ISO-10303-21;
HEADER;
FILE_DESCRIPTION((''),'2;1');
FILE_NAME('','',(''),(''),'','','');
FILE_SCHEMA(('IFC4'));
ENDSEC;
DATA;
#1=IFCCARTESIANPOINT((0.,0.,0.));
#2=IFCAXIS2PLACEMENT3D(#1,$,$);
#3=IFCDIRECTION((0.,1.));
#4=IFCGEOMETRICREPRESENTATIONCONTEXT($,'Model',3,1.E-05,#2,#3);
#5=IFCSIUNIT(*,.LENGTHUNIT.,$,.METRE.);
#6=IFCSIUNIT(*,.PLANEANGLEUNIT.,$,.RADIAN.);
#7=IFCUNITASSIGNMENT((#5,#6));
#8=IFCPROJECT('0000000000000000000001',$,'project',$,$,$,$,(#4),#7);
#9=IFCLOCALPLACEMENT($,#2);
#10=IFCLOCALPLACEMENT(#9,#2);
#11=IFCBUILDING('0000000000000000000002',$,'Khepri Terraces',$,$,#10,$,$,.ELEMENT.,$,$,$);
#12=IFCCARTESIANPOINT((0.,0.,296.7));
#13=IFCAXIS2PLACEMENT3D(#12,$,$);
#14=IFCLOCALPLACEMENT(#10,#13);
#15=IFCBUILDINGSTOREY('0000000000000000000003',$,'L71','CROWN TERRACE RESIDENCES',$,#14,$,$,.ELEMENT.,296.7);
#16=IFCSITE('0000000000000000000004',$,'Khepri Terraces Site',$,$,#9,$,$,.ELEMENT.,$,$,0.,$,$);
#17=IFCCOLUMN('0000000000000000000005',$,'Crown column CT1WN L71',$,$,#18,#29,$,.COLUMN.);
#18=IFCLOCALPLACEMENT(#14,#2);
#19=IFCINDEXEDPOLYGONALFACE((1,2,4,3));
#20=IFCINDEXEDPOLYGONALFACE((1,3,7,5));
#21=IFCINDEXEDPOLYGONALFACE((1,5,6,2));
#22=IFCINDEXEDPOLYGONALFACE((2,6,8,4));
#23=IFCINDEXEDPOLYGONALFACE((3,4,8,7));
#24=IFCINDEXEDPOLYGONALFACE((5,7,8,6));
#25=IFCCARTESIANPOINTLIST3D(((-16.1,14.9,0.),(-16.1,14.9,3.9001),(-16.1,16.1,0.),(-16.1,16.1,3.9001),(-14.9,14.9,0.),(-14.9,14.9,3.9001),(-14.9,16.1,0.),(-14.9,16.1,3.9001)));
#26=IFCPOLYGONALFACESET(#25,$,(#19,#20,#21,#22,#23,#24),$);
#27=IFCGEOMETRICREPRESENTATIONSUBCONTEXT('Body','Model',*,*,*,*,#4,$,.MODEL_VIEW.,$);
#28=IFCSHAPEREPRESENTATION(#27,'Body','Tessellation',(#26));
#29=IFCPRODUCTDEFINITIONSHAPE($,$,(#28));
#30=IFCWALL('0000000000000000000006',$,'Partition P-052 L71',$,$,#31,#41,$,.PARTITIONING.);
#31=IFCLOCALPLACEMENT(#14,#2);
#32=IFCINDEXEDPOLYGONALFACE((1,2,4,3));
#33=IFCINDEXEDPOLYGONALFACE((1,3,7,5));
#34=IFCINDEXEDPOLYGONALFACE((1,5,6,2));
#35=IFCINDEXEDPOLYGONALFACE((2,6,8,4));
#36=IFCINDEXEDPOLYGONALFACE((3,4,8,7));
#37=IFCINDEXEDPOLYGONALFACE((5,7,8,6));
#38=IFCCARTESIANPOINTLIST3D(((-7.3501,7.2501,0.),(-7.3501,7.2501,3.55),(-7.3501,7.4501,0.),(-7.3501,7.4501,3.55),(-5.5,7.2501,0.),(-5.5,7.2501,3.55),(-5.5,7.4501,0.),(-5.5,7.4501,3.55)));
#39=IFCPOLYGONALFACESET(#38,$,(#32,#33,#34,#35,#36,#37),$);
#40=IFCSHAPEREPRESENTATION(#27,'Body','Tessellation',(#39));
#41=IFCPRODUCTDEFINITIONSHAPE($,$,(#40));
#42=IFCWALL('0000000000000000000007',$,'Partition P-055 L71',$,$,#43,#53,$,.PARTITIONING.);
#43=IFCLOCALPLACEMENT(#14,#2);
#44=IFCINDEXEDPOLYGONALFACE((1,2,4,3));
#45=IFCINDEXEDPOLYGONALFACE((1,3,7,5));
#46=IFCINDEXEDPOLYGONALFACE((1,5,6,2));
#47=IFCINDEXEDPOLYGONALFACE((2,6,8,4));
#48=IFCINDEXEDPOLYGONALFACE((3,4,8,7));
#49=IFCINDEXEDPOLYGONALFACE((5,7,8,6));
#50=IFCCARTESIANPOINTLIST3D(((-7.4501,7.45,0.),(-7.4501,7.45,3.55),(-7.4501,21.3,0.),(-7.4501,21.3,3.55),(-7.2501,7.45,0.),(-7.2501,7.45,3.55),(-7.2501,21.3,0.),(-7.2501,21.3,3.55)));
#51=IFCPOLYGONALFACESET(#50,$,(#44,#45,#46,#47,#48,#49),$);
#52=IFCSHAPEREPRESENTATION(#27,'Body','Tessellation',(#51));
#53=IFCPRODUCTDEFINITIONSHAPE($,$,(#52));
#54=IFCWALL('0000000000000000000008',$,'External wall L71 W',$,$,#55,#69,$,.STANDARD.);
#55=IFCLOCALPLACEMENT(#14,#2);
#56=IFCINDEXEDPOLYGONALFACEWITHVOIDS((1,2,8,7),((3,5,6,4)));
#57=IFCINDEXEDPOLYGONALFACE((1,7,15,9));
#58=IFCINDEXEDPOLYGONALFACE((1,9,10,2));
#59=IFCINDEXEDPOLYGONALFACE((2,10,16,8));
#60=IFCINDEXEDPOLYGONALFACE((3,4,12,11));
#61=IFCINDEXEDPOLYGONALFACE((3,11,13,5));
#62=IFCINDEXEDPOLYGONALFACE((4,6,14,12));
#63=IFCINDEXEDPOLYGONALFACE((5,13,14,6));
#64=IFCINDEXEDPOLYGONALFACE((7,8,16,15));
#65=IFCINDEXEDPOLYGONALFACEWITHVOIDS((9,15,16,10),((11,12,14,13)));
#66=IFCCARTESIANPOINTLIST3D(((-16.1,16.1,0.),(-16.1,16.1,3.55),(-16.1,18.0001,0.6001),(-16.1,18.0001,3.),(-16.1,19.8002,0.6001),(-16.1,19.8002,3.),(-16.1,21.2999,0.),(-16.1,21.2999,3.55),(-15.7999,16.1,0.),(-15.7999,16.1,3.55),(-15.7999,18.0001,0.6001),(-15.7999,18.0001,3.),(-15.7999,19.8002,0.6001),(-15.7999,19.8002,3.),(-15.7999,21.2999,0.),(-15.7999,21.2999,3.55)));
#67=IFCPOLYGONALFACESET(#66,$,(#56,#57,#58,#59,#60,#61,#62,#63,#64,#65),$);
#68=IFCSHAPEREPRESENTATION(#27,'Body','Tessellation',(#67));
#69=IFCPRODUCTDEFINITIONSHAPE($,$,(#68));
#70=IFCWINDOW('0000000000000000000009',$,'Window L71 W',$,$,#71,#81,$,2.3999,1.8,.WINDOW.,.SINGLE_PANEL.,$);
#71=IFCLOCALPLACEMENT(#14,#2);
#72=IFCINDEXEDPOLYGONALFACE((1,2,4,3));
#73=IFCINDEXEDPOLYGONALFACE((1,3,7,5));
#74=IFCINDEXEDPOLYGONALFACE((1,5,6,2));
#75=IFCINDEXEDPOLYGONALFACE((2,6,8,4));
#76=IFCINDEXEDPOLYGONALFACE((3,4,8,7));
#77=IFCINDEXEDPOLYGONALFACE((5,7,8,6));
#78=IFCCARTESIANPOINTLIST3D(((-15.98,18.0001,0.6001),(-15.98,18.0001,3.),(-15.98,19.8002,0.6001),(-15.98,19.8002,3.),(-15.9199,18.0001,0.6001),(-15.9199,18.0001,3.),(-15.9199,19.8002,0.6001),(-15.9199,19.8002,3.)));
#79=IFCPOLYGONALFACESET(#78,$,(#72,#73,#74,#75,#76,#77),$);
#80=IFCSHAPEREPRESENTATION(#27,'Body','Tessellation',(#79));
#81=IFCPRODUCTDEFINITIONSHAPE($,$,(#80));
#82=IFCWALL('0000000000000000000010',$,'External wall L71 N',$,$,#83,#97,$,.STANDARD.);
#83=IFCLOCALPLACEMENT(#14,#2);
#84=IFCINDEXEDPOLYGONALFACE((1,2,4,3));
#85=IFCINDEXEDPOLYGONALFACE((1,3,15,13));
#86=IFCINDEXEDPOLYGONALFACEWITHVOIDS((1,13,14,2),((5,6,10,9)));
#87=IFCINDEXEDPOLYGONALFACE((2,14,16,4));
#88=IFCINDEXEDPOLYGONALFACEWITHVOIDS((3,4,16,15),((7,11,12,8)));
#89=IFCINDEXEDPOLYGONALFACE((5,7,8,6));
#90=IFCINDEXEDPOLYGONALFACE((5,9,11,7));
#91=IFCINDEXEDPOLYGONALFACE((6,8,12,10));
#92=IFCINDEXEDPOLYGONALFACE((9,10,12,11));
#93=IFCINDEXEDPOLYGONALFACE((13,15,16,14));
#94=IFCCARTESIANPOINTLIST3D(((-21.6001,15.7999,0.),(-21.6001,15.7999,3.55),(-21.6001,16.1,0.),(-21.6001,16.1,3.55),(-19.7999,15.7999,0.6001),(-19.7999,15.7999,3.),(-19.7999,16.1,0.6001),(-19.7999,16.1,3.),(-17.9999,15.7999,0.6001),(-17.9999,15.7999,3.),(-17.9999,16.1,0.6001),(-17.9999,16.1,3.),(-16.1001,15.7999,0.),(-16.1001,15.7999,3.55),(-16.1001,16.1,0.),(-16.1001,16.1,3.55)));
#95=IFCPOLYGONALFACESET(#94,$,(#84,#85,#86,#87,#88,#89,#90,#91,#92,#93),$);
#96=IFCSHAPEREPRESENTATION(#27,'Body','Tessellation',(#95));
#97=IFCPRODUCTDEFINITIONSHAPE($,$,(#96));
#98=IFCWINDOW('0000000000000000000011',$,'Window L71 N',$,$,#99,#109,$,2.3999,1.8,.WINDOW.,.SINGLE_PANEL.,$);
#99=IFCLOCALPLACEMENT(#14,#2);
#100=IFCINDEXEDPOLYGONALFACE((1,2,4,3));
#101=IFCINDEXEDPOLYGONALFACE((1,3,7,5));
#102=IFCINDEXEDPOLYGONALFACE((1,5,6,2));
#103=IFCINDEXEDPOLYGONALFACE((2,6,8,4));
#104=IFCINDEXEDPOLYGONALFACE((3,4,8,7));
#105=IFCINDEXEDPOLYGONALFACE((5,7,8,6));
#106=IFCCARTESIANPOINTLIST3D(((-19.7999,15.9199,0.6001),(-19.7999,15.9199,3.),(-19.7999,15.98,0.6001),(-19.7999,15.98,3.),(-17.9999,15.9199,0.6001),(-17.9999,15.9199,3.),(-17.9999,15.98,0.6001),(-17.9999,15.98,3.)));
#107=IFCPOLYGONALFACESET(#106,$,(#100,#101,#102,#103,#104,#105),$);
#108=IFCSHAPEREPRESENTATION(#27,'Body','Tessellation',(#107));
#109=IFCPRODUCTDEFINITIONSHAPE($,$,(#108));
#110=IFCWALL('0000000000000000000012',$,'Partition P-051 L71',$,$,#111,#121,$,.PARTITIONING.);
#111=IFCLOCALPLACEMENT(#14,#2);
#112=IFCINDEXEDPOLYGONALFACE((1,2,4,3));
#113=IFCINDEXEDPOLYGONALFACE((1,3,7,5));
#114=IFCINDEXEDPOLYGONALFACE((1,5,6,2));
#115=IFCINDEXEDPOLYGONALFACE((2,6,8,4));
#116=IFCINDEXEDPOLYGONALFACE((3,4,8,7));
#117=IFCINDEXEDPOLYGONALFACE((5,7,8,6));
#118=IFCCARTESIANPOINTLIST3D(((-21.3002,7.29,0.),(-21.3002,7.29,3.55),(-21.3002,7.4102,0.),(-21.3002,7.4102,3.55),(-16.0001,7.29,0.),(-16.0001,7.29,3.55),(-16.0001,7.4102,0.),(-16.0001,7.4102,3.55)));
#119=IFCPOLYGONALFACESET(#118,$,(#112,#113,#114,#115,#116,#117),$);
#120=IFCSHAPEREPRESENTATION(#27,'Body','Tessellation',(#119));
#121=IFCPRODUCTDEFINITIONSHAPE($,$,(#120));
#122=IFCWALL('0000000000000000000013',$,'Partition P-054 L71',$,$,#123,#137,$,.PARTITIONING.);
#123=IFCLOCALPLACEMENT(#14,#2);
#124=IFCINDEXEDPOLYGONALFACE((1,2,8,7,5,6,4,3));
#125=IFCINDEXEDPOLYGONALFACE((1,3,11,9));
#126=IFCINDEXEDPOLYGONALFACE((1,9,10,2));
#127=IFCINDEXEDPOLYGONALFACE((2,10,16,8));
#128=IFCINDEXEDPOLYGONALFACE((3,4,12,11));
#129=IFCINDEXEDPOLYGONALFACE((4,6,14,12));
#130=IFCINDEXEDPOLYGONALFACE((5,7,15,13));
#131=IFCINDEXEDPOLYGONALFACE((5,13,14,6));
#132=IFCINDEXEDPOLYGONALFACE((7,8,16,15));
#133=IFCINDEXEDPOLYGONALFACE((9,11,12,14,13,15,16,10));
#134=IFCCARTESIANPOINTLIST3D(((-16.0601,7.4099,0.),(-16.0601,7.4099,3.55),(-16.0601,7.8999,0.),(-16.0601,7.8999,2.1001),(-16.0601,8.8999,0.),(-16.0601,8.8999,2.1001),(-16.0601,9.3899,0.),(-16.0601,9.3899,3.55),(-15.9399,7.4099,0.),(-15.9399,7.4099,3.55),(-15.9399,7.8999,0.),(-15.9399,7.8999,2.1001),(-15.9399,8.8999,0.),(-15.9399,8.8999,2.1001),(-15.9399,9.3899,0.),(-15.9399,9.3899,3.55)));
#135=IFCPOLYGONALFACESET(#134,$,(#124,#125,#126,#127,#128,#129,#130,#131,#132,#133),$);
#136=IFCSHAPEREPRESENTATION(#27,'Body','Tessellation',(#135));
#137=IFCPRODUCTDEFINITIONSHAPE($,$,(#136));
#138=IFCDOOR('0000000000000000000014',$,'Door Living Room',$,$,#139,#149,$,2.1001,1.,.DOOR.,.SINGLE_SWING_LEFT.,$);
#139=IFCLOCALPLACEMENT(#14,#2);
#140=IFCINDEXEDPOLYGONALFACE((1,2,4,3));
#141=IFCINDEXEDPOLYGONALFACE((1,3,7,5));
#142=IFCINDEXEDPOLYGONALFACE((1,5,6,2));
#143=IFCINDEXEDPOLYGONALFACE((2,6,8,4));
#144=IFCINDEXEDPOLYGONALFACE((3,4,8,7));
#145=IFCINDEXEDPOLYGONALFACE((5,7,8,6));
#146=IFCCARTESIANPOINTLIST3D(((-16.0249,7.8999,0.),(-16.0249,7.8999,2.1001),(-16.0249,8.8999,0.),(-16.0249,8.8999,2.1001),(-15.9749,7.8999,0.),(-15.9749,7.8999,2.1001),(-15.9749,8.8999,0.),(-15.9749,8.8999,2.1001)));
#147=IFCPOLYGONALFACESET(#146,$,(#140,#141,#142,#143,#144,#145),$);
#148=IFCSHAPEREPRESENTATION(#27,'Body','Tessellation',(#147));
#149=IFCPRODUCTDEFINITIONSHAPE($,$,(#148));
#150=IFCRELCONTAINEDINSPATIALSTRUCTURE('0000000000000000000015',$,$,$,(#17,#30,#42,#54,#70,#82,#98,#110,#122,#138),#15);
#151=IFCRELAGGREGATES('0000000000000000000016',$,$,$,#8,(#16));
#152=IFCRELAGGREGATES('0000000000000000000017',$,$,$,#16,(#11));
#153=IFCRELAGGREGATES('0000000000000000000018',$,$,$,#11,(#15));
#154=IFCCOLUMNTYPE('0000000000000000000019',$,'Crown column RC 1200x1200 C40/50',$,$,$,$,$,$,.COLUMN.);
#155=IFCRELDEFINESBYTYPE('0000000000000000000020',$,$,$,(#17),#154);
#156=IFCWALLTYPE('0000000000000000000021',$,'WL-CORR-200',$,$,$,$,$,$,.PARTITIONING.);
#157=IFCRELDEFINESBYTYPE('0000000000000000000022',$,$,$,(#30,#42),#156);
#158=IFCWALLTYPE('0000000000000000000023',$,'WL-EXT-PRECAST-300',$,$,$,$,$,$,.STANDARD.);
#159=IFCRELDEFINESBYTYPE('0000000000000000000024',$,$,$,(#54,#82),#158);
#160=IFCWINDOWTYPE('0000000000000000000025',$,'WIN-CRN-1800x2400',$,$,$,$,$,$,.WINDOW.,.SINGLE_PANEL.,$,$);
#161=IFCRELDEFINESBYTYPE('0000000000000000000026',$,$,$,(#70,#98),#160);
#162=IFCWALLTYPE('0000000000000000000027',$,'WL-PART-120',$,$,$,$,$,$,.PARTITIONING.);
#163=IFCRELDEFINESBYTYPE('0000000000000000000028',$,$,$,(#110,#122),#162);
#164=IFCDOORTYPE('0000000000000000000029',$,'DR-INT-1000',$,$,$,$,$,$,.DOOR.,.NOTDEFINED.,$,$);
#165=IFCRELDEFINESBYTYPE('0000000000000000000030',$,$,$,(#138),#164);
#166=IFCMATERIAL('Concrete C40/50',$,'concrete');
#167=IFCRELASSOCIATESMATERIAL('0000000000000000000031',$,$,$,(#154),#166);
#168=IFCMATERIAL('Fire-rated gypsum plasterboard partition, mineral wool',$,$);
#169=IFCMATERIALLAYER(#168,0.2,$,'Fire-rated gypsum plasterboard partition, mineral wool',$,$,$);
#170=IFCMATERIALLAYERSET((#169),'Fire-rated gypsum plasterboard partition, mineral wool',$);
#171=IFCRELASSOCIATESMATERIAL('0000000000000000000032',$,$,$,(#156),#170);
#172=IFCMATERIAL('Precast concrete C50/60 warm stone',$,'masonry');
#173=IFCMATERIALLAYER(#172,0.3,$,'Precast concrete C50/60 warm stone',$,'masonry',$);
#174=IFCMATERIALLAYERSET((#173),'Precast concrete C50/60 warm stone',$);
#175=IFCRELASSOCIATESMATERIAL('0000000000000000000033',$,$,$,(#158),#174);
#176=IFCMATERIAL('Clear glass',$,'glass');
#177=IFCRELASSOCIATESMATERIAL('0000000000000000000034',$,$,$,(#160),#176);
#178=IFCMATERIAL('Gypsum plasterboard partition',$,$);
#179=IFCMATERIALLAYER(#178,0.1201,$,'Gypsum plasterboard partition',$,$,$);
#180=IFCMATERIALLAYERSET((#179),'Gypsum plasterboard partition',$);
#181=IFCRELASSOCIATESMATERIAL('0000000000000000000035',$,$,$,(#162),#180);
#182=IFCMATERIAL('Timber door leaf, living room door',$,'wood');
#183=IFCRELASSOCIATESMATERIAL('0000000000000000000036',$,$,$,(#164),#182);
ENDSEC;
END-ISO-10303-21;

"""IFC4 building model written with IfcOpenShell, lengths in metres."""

from ifc_helpers import new_model, si_unit, direction, frame, frame_2d, origin, origin_2d, place, context, subcontext, project, spatial, rectangle, extrude, material, layer, layer_set, material_profile, profile_set, type_object, element, fill, save


model = new_model("IFC4")

# Units and contexts
model_context = context("Model", 3, precision=1e-05, world=origin(), true_north=direction((0.0, 1.0)))
body_context = subcontext(model_context, "Body", "Model", "MODEL_VIEW")
ifc_project = project(units=[si_unit("LENGTHUNIT", "METRE"), si_unit("PLANEANGLEUNIT", "RADIAN")], contexts=[model_context])

# Site, building, storey
site_placement = place(None, origin())
site = spatial("IfcSite", under=ifc_project, at=site_placement, Name="Khepri Terraces Site", CompositionType="ELEMENT", RefElevation=0.0)
building_placement = place(site_placement, origin())
building = spatial("IfcBuilding", under=site, at=building_placement, Name="Khepri Terraces", CompositionType="ELEMENT")
storey_placement = place(building_placement, frame((0.0, 0.0, 296.7)))
storey = spatial("IfcBuildingStorey", under=building, at=storey_placement, Name="L71", Description="CROWN TERRACE RESIDENCES", CompositionType="ELEMENT", Elevation=296.7)

# Column
ifc_material_1 = material(Name="Concrete C40/50", Category="concrete")
ifc_material_profile = material_profile(ifc_material_1, rectangle(XDim=1.2, YDim=1.2, at=origin_2d()), Name="Concrete C40/50", Category="concrete")
ifc_profile_set = profile_set([ifc_material_profile], Name="Concrete C40/50")
column_type = type_object("IfcColumnType", Name="Crown column RC 1200x1200 C40/50", PredefinedType="COLUMN", material=ifc_profile_set)
column_placement = place(storey_placement, frame((-15.5, 15.5, 0.0), z_axis=(0.0, 0.0, 1.0), x_axis=(1.0, 0.0, 0.0)))
element("IfcColumn", 1, at=column_placement, inside=storey, type_object=column_type, Name="Crown column CT1WN L71", PredefinedType="COLUMN", context=body_context, shape_type="SweptSolid", body=[
    extrude(rectangle(XDim=1.2, YDim=1.2, at=origin_2d()), origin(), (0.0, 0.0, 1.0), 3.9001),
])

# Walls
ifc_material_2 = material(Name="Fire-rated gypsum plasterboard partition, mineral wool")
ifc_layer_1 = layer(ifc_material_2, 0.2, Name="Fire-rated gypsum plasterboard partition, mineral wool")
ifc_layer_set_1 = layer_set([ifc_layer_1], Name="Fire-rated gypsum plasterboard partition, mineral wool")
wall_type_1 = type_object("IfcWallType", Name="WL-CORR-200", PredefinedType="PARTITIONING", material=ifc_layer_set_1)
wall_1_placement = place(storey_placement, frame((-7.3501, 7.3501, 0.0), z_axis=(0.0, 0.0, 1.0), x_axis=(1.0, 0.0, 0.0)))
element("IfcWall", 2, at=wall_1_placement, inside=storey, type_object=wall_type_1, Name="Partition P-052 L71", PredefinedType="PARTITIONING", context=body_context, shape_type="SweptSolid", body=[
    extrude(rectangle(XDim=1.8501, YDim=0.2, at=frame_2d((0.925, 0.0))), origin(), (0.0, 0.0, 1.0), 3.55),
])
wall_2_placement = place(storey_placement, frame((-7.3501, 7.45, 0.0), z_axis=(0.0, 0.0, 1.0), x_axis=(0.0, 1.0, 0.0)))
element("IfcWall", 3, at=wall_2_placement, inside=storey, type_object=wall_type_1, Name="Partition P-055 L71", PredefinedType="PARTITIONING", context=body_context, shape_type="SweptSolid", body=[
    extrude(rectangle(XDim=13.8501, YDim=0.2, at=frame_2d((6.925, 0.0))), origin(), (0.0, 0.0, 1.0), 3.55),
])

# Walls, openings, windows
ifc_material_3 = material(Name="Precast concrete C50/60 warm stone", Category="masonry")
ifc_layer_2 = layer(ifc_material_3, 0.3, Name="Precast concrete C50/60 warm stone", Category="masonry")
ifc_layer_set_2 = layer_set([ifc_layer_2], Name="Precast concrete C50/60 warm stone")
wall_type_2 = type_object("IfcWallType", Name="WL-EXT-PRECAST-300", PredefinedType="STANDARD", material=ifc_layer_set_2)
wall_3_placement = place(storey_placement, frame((-15.95, 21.3, 0.0), z_axis=(0.0, 0.0, 1.0), x_axis=(0.0, -1.0, 0.0)))
wall_3 = element("IfcWall", 4, at=wall_3_placement, inside=storey, type_object=wall_type_2, Name="External wall L71 W", PredefinedType="STANDARD", context=body_context, shape_type="SweptSolid", body=[
    extrude(rectangle(XDim=5.2, YDim=0.3, at=frame_2d((2.6001, 0.0))), origin(), (0.0, 0.0, 1.0), 3.55),
])
opening_1_placement = place(wall_3_placement, frame((1.5, 0.0, 0.6001)))
opening_1 = element("IfcOpeningElement", 5, at=opening_1_placement, cuts=wall_3, PredefinedType="OPENING", context=body_context, shape_type="SweptSolid", body=[
    extrude(rectangle(XDim=1.8, YDim=2.3999, at=frame_2d((0.8999, 1.2))), frame((0.0, 0.1602, 0.0), z_axis=(0.0, -1.0, 0.0), x_axis=(1.0, 0.0, 0.0)), (0.0, 0.0, 1.0), 0.3201),
])
ifc_material_4 = material(Name="Clear glass", Category="glass")
window_type_1 = type_object("IfcWindowType", Name="WIN-CRN-1800x2400", PartitioningType="SINGLE_PANEL", PredefinedType="WINDOW", material=ifc_material_4)
window_1_placement = place(opening_1_placement, origin())
window_1 = element("IfcWindow", 6, at=window_1_placement, inside=storey, type_object=window_type_1, Name="Window L71 W", OverallHeight=2.3999, OverallWidth=1.8, PartitioningType="SINGLE_PANEL", PredefinedType="WINDOW", context=body_context, shape_type="SweptSolid", body=[
    extrude(rectangle(XDim=1.8, YDim=2.3999, at=frame_2d((0.8999, 1.2))), frame((0.0, 0.03, 0.0), z_axis=(0.0, -1.0, 0.0), x_axis=(1.0, 0.0, 0.0)), (0.0, 0.0, 1.0), 0.0601),
])
fill(opening_1, window_1)
wall_4_placement = place(storey_placement, frame((-16.1001, 15.95, 0.0), z_axis=(0.0, 0.0, 1.0), x_axis=(-1.0, 0.0, 0.0)))
wall_4 = element("IfcWall", 7, at=wall_4_placement, inside=storey, type_object=wall_type_2, Name="External wall L71 N", PredefinedType="STANDARD", context=body_context, shape_type="SweptSolid", body=[
    extrude(rectangle(XDim=5.5, YDim=0.3, at=frame_2d((2.75, 0.0))), origin(), (0.0, 0.0, 1.0), 3.55),
])
opening_2_placement = place(wall_4_placement, frame((1.8999, 0.0, 0.6001)))
opening_2 = element("IfcOpeningElement", 8, at=opening_2_placement, cuts=wall_4, PredefinedType="OPENING", context=body_context, shape_type="SweptSolid", body=[
    extrude(rectangle(XDim=1.8, YDim=2.3999, at=frame_2d((0.8999, 1.2))), frame((0.0, 0.1602, 0.0), z_axis=(0.0, -1.0, 0.0), x_axis=(1.0, 0.0, 0.0)), (0.0, 0.0, 1.0), 0.3201),
])
window_2_placement = place(opening_2_placement, origin())
window_2 = element("IfcWindow", 9, at=window_2_placement, inside=storey, type_object=window_type_1, Name="Window L71 N", OverallHeight=2.3999, OverallWidth=1.8, PartitioningType="SINGLE_PANEL", PredefinedType="WINDOW", context=body_context, shape_type="SweptSolid", body=[
    extrude(rectangle(XDim=1.8, YDim=2.3999, at=frame_2d((0.8999, 1.2))), frame((0.0, 0.03, 0.0), z_axis=(0.0, -1.0, 0.0), x_axis=(1.0, 0.0, 0.0)), (0.0, 0.0, 1.0), 0.0601),
])
fill(opening_2, window_2)

# Wall
ifc_material_5 = material(Name="Gypsum plasterboard partition")
ifc_layer_3 = layer(ifc_material_5, 0.1201, Name="Gypsum plasterboard partition")
ifc_layer_set_3 = layer_set([ifc_layer_3], Name="Gypsum plasterboard partition")
wall_type_3 = type_object("IfcWallType", Name="WL-PART-120", PredefinedType="PARTITIONING", material=ifc_layer_set_3)
wall_5_placement = place(storey_placement, frame((-21.3, 7.3501, 0.0), z_axis=(0.0, 0.0, 1.0), x_axis=(1.0, 0.0, 0.0)))
element("IfcWall", 10, at=wall_5_placement, inside=storey, type_object=wall_type_3, Name="Partition P-051 L71", PredefinedType="PARTITIONING", context=body_context, shape_type="SweptSolid", body=[
    extrude(rectangle(XDim=5.3, YDim=0.1201, at=frame_2d((2.6499, 0.0))), origin(), (0.0, 0.0, 1.0), 3.55),
])

# Wall, opening, door
wall_6_placement = place(storey_placement, frame((-16.0, 7.4099, 0.0), z_axis=(0.0, 0.0, 1.0), x_axis=(0.0, 1.0, 0.0)))
wall_6 = element("IfcWall", 11, at=wall_6_placement, inside=storey, type_object=wall_type_3, Name="Partition P-054 L71", PredefinedType="PARTITIONING", context=body_context, shape_type="SweptSolid", body=[
    extrude(rectangle(XDim=1.98, YDim=0.1201, at=frame_2d((0.99, 0.0))), origin(), (0.0, 0.0, 1.0), 3.55),
])
opening_3_placement = place(wall_6_placement, frame((0.49, 0.0, 0.0)))
opening_3 = element("IfcOpeningElement", 12, at=opening_3_placement, cuts=wall_6, PredefinedType="OPENING", context=body_context, shape_type="SweptSolid", body=[
    extrude(rectangle(XDim=1.0, YDim=2.1001, at=frame_2d((0.5, 1.05))), frame((0.0, 0.0701, 0.0), z_axis=(0.0, -1.0, 0.0), x_axis=(1.0, 0.0, 0.0)), (0.0, 0.0, 1.0), 0.1401),
])
ifc_material_6 = material(Name="Timber door leaf, living room door", Category="wood")
door_type_1 = type_object("IfcDoorType", Name="DR-INT-1000", OperationType="NOTDEFINED", PredefinedType="DOOR", material=ifc_material_6)
door_1_placement = place(opening_3_placement, origin())
door_1 = element("IfcDoor", 13, at=door_1_placement, inside=storey, type_object=door_type_1, Name="Door Living Room", OperationType="SINGLE_SWING_LEFT", OverallHeight=2.1001, OverallWidth=1.0, PredefinedType="DOOR", context=body_context, shape_type="SweptSolid", body=[
    extrude(rectangle(XDim=1.0, YDim=2.1001, at=frame_2d((0.5, 1.05))), frame((0.0, 0.0249, 0.0), z_axis=(0.0, -1.0, 0.0), x_axis=(1.0, 0.0, 0.0)), (0.0, 0.0, 1.0), 0.05),
])
fill(opening_3, door_1)

save(model, "model.ifc")
